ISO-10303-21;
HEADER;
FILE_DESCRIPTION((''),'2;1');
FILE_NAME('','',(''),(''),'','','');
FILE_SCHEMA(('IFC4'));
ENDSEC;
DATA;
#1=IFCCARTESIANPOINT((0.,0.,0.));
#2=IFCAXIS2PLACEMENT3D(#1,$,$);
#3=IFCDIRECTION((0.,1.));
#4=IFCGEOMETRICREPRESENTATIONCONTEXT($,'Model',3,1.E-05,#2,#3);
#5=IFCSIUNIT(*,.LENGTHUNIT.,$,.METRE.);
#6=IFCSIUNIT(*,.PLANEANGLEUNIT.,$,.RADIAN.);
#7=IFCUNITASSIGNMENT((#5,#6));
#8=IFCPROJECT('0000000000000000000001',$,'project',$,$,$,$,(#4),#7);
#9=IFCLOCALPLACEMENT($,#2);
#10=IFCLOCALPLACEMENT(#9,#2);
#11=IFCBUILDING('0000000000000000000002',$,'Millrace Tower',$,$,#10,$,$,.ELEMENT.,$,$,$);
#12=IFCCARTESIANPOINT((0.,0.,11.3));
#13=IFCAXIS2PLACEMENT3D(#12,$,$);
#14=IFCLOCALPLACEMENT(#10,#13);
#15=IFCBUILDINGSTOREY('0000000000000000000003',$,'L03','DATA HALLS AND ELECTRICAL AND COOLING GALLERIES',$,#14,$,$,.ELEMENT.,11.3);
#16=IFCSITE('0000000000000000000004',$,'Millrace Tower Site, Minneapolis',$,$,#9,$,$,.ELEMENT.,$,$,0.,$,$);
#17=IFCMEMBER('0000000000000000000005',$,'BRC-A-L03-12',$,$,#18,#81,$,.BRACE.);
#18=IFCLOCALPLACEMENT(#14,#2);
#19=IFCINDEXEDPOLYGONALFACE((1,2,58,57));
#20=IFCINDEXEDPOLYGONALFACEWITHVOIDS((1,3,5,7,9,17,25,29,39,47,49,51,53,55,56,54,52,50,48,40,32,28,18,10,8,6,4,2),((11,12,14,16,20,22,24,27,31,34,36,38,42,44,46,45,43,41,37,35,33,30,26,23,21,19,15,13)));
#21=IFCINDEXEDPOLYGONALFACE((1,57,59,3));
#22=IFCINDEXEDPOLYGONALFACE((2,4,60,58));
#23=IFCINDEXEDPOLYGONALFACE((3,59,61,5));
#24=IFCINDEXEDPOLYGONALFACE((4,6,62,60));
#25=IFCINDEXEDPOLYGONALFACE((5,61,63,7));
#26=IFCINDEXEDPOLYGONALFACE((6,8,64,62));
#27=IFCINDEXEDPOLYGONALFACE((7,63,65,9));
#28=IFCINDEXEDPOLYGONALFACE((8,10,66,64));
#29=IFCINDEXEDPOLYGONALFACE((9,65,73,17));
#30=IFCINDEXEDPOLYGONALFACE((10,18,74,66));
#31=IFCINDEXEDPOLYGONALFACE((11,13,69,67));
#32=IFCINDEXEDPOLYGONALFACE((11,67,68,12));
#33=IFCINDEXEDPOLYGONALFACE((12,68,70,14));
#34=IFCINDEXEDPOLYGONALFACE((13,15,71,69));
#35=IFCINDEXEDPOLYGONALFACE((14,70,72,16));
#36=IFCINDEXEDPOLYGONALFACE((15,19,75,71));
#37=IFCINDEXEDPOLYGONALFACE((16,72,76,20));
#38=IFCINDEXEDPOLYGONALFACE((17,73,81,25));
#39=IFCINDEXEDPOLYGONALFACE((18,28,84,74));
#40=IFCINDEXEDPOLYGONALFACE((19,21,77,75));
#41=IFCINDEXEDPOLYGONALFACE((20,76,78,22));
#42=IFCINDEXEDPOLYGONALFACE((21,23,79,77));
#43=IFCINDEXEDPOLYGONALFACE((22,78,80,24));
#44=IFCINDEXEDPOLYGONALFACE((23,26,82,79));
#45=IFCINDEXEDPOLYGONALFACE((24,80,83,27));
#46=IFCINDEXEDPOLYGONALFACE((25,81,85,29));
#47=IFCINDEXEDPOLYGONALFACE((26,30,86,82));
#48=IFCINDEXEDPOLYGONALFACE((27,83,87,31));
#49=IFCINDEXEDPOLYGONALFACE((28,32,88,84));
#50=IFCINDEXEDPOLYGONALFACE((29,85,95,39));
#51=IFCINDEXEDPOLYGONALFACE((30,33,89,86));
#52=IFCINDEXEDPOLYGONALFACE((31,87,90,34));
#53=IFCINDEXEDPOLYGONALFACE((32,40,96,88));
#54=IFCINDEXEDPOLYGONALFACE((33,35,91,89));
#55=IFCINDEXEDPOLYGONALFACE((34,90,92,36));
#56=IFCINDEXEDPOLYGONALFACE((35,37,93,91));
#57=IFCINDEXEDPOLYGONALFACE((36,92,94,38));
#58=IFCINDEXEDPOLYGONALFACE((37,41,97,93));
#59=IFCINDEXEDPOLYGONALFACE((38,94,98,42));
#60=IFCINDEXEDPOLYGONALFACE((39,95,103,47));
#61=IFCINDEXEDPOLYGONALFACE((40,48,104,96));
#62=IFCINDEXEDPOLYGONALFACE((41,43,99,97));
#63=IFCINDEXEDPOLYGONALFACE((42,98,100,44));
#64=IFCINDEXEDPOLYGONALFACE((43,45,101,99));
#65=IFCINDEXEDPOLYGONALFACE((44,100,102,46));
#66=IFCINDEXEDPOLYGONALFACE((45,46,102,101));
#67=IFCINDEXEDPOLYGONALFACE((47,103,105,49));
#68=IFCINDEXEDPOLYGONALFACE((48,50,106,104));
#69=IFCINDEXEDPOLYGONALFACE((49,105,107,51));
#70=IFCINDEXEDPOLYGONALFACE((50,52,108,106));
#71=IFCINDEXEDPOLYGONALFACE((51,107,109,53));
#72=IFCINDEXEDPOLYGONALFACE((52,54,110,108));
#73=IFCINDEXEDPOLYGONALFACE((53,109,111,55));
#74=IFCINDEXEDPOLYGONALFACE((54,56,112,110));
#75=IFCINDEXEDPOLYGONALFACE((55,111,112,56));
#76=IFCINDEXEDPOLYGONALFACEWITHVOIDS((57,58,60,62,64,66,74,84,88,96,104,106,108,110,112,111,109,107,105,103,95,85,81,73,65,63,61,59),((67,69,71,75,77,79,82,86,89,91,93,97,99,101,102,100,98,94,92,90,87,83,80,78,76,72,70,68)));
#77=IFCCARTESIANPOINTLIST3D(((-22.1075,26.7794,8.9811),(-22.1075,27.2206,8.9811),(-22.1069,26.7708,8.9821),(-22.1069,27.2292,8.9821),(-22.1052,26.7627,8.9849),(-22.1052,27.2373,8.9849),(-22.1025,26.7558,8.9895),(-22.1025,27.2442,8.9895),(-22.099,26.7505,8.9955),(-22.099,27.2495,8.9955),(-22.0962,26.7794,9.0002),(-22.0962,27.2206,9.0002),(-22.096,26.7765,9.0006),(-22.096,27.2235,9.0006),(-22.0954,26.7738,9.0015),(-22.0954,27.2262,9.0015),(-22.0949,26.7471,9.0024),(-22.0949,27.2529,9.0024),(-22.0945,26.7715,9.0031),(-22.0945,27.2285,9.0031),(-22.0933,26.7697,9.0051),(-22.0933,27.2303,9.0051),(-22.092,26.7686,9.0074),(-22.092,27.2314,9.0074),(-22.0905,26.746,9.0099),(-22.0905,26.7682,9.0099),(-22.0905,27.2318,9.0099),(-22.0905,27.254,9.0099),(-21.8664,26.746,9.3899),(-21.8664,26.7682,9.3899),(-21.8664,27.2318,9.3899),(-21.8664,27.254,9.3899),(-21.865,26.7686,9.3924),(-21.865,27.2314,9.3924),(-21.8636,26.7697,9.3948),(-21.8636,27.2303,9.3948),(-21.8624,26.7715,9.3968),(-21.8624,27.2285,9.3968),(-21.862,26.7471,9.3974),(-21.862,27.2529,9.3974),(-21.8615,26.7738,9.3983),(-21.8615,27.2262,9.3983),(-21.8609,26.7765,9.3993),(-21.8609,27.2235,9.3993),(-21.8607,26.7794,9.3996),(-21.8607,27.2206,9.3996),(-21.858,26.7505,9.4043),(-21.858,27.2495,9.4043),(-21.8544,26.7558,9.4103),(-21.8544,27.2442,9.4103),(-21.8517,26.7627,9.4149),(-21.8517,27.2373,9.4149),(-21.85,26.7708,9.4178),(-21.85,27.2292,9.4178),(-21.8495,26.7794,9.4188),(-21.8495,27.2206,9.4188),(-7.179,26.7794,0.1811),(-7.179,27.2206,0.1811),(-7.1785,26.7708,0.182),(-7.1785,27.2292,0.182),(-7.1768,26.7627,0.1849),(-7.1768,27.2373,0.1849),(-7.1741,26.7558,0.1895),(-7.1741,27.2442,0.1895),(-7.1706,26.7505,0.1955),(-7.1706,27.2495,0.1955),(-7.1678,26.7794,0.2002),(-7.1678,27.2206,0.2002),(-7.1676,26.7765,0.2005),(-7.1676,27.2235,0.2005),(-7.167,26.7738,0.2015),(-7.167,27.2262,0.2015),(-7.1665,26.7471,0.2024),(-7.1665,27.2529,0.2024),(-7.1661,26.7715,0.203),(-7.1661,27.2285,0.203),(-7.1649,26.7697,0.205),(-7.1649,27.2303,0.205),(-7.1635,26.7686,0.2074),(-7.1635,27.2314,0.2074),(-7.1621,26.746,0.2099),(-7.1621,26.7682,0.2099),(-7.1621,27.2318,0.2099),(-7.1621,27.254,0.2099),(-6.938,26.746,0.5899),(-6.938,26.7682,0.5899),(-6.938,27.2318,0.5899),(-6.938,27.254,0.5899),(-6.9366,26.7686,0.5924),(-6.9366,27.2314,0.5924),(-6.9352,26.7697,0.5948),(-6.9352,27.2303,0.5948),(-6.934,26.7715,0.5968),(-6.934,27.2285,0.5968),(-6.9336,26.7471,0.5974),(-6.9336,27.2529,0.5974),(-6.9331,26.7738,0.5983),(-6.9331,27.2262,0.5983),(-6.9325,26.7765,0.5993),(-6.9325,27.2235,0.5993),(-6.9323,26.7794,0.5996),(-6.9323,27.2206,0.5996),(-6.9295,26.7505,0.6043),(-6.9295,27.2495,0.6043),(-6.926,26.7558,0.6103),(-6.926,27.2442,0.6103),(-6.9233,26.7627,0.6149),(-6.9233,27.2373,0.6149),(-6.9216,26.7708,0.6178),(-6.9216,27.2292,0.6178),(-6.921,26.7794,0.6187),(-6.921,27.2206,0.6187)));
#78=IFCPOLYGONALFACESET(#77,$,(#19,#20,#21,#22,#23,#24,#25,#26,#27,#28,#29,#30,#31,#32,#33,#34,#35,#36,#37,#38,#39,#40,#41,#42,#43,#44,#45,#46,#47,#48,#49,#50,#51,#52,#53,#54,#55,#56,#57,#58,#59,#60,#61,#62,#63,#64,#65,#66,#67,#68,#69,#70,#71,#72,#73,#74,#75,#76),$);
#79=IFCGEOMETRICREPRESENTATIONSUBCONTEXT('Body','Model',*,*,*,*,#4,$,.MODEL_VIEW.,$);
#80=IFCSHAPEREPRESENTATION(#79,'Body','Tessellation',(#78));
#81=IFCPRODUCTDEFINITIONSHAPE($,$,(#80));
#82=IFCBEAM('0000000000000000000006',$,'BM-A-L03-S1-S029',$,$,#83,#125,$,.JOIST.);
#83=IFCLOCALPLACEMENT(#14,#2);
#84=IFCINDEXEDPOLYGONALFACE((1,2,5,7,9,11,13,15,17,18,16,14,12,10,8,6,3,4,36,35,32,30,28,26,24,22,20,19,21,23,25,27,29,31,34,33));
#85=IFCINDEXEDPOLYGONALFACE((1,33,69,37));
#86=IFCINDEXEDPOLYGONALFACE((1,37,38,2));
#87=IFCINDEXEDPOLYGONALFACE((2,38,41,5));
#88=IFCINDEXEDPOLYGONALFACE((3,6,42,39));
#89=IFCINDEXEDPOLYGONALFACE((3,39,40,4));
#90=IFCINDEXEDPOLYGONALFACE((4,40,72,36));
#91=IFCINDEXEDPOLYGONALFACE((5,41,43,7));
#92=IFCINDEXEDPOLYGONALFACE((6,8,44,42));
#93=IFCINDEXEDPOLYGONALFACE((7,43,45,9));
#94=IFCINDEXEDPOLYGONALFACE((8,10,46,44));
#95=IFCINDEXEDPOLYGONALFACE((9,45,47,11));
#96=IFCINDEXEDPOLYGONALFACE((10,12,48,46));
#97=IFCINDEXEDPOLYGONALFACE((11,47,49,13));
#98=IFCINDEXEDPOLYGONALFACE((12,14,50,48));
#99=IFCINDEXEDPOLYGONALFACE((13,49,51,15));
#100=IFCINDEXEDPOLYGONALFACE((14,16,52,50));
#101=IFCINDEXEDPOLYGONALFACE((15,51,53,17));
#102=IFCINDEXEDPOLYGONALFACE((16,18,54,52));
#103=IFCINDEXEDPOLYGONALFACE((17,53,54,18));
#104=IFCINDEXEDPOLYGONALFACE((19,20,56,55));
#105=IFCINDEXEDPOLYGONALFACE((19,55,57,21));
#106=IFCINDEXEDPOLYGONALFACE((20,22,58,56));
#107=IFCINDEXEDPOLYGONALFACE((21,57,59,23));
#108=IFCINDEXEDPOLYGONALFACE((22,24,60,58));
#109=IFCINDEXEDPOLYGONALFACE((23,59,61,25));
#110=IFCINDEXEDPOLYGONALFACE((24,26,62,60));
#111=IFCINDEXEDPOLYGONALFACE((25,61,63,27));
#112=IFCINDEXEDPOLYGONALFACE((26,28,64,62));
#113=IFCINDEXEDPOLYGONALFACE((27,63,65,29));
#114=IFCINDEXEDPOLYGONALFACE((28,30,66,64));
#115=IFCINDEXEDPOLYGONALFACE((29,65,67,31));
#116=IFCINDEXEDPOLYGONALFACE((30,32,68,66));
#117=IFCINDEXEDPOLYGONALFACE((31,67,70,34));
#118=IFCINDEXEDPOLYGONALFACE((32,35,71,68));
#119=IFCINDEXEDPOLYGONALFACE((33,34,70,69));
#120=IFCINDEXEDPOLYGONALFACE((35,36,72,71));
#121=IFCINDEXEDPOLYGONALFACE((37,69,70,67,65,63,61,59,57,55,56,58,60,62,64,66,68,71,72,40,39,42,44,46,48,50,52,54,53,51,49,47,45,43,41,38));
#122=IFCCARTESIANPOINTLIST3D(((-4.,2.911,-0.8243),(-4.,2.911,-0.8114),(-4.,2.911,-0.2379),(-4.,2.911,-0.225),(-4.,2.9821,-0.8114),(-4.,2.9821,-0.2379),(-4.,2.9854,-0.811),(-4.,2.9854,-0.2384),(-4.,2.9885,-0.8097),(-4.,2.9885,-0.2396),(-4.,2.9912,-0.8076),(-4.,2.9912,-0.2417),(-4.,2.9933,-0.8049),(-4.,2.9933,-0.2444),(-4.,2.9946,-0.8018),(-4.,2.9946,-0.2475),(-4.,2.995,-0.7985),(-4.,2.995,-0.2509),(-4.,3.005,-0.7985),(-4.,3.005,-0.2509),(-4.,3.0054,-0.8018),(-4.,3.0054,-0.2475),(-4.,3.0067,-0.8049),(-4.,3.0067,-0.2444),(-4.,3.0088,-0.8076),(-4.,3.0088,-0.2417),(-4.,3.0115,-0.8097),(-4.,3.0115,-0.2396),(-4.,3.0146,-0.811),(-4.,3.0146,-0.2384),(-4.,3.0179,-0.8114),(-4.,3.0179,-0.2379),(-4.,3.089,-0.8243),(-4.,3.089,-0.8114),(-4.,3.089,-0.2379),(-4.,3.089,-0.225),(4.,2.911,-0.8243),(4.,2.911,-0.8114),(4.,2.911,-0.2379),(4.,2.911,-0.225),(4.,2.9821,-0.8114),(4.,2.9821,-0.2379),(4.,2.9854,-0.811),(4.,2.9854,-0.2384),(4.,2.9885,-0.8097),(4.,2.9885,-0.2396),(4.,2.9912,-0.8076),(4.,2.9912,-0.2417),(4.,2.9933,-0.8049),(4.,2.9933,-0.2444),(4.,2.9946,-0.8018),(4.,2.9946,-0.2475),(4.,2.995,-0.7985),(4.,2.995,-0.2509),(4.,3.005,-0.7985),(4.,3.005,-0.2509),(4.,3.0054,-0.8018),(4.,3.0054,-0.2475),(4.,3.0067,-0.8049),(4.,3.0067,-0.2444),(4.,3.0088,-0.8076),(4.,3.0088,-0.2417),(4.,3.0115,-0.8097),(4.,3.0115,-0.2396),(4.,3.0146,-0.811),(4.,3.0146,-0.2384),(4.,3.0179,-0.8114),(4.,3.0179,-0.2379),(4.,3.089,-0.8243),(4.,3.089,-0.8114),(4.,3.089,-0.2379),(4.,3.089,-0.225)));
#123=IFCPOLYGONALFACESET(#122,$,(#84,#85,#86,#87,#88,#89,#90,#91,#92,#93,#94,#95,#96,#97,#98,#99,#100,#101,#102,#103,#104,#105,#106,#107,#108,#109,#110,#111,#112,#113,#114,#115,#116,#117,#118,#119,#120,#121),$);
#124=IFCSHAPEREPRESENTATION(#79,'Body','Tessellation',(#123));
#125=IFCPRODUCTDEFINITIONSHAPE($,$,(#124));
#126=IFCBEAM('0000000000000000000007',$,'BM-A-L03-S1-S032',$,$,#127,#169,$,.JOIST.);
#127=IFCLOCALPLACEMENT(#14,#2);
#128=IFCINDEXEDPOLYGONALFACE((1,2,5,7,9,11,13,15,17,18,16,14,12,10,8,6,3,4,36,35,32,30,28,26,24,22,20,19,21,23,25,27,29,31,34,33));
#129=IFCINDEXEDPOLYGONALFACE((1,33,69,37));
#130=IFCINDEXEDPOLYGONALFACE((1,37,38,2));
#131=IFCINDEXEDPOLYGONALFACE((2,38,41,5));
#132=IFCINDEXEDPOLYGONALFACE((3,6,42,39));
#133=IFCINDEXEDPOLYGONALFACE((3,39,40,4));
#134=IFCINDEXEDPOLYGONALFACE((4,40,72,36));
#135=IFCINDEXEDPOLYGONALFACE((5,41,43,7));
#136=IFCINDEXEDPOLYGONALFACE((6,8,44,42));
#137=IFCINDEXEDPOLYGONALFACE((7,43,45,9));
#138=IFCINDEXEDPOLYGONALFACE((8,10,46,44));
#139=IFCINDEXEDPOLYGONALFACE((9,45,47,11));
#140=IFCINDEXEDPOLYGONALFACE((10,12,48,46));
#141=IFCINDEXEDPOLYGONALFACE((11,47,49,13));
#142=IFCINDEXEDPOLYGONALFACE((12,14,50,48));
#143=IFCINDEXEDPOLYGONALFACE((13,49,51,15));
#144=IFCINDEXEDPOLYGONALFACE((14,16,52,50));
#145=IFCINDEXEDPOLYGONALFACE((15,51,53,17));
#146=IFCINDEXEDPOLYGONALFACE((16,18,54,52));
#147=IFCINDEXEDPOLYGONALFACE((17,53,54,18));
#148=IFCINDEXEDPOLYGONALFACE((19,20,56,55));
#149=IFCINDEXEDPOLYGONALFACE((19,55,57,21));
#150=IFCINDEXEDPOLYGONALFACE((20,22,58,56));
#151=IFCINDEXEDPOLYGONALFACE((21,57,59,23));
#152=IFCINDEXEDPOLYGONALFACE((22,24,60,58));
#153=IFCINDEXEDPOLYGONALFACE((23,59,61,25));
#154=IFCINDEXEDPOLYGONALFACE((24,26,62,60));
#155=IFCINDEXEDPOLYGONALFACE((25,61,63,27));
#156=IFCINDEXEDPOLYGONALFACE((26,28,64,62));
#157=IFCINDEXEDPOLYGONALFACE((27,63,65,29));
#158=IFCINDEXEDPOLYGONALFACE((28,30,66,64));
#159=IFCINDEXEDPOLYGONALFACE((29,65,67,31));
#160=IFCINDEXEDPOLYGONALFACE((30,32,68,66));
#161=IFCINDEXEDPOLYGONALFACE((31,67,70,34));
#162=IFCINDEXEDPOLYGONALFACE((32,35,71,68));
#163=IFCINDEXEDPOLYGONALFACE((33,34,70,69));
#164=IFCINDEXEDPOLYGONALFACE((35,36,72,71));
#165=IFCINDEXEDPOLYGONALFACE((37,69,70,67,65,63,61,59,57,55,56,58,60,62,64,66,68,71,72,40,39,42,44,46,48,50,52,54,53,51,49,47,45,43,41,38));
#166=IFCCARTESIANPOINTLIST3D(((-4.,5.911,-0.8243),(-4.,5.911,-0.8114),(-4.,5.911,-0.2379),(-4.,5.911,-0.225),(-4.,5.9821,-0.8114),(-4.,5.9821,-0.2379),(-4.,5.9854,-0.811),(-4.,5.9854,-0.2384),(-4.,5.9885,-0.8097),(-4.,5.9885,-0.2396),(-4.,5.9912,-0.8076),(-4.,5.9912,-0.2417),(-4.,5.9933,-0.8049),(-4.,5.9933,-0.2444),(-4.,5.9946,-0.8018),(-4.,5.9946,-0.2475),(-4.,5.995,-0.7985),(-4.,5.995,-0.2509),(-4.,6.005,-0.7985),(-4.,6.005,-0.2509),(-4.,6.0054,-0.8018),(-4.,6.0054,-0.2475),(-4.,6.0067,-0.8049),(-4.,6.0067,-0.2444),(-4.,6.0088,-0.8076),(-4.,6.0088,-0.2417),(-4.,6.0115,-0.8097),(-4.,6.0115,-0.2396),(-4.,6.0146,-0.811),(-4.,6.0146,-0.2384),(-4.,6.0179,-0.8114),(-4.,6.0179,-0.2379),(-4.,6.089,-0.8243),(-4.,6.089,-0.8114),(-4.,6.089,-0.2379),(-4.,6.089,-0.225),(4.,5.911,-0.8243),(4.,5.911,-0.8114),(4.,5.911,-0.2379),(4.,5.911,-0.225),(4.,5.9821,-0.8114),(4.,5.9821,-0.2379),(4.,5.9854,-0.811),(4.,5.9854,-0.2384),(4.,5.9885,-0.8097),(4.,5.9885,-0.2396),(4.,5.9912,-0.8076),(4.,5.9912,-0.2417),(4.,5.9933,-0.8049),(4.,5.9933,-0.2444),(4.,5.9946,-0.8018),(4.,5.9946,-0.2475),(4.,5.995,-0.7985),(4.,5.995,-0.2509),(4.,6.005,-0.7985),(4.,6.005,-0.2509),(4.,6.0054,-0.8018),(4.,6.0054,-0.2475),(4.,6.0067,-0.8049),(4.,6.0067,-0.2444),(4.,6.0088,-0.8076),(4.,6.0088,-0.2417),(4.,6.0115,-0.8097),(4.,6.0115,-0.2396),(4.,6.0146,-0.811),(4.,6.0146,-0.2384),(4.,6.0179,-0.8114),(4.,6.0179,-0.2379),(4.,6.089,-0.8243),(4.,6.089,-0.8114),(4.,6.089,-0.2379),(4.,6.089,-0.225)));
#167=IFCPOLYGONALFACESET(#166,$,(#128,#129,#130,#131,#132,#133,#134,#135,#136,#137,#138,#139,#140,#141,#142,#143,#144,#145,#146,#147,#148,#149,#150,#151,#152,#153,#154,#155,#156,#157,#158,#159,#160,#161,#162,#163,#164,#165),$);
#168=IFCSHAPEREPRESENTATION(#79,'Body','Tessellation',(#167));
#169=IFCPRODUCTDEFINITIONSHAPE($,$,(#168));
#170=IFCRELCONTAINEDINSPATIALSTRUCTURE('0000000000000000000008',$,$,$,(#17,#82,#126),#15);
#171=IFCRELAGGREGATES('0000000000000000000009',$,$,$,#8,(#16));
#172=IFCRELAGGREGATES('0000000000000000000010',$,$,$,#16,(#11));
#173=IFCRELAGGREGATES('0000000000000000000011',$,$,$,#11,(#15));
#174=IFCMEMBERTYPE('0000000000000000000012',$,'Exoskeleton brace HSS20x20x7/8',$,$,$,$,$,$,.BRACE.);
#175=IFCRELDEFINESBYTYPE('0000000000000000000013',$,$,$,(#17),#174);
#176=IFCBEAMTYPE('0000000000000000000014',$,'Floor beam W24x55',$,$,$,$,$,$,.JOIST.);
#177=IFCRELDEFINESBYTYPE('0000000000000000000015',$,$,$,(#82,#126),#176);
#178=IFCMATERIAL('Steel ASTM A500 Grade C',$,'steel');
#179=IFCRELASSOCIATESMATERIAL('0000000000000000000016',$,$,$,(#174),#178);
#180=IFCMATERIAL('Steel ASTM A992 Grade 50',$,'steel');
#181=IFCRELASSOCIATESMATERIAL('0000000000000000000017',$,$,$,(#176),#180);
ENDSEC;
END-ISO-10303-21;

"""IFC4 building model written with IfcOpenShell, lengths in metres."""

from ifc_helpers import new_model, si_unit, direction, frame, origin, origin_2d, place, context, subcontext, project, spatial, hollow_rectangle, i_section, extrude, material, material_profile, profile_set, type_object, element, save


model = new_model("IFC4")

# Units and contexts
model_context = context("Model", 3, precision=1e-05, world=origin(), true_north=direction((0.0, 1.0)))
body_context = subcontext(model_context, "Body", "Model", "MODEL_VIEW")
ifc_project = project(units=[si_unit("LENGTHUNIT", "METRE"), si_unit("PLANEANGLEUNIT", "RADIAN")], contexts=[model_context])

# Site, building, storey
site_placement = place(None, origin())
site = spatial("IfcSite", under=ifc_project, at=site_placement, Name="Millrace Tower Site, Minneapolis", CompositionType="ELEMENT", RefElevation=0.0)
building_placement = place(site_placement, origin())
building = spatial("IfcBuilding", under=site, at=building_placement, Name="Millrace Tower", CompositionType="ELEMENT")
storey_placement = place(building_placement, frame((0.0, 0.0, 11.3)))
storey = spatial("IfcBuildingStorey", under=building, at=storey_placement, Name="L03", Description="DATA HALLS AND ELECTRICAL AND COOLING GALLERIES", CompositionType="ELEMENT", Elevation=11.3)

# Member
ifc_material_1 = material(Name="Steel ASTM A500 Grade C", Category="steel")
ifc_material_profile_1 = material_profile(ifc_material_1, hollow_rectangle(XDim=0.5081, YDim=0.5081, WallThickness=0.0222, InnerFilletRadius=0.0112, OuterFilletRadius=0.0334, at=origin_2d()))
ifc_profile_set_1 = profile_set([ifc_material_profile_1], Name="Steel ASTM A500 Grade C")
member_type_1 = type_object("IfcMemberType", Name="Exoskeleton brace HSS20x20x7/8", PredefinedType="BRACE", material=ifc_profile_set_1)
member_1_placement = place(storey_placement, frame((-7.05, 27.0, 0.3999), z_axis=(-0.861465, 0.0, 0.507817), x_axis=(0.0, -1.0, 0.0)))
element("IfcMember", 1, at=member_1_placement, inside=storey, type_object=member_type_1, Name="BRC-A-L03-12", PredefinedType="BRACE", context=body_context, shape_type="SweptSolid", body=[
    extrude(hollow_rectangle(XDim=0.5081, YDim=0.5081, WallThickness=0.0222, InnerFilletRadius=0.0112, OuterFilletRadius=0.0334, at=origin_2d()), origin(), (0.0, 0.0, 1.0), 17.3291),
])

# Beams
ifc_material_2 = material(Name="Steel ASTM A992 Grade 50", Category="steel")
ifc_material_profile_2 = material_profile(ifc_material_2, i_section(OverallWidth=0.178, OverallDepth=0.5994, WebThickness=0.01, FlangeThickness=0.0129, FilletRadius=0.0129, at=origin_2d()))
ifc_profile_set_2 = profile_set([ifc_material_profile_2], Name="Steel ASTM A992 Grade 50")
beam_type_1 = type_object("IfcBeamType", Name="Floor beam W24x55", PredefinedType="JOIST", material=ifc_profile_set_2)
for number, where, z_axis, x_axis, name in (
    (2, (-4.0, 3.0, -0.5247), (1.0, 0.0, 0.0), (0.0, 1.0, 0.0), "BM-A-L03-S1-S029"),
    (3, (-4.0, 6.0, -0.5247), (1.0, 0.0, 0.0), (0.0, 1.0, 0.0), "BM-A-L03-S1-S032"),
):
    element("IfcBeam", number, at=place(storey_placement, frame(where, z_axis=z_axis, x_axis=x_axis)), inside=storey, type_object=beam_type_1, Name=name, PredefinedType="JOIST", context=body_context, shape_type="SweptSolid", body=[
        extrude(i_section(OverallWidth=0.178, OverallDepth=0.5994, WebThickness=0.01, FlangeThickness=0.0129, FilletRadius=0.0129, at=origin_2d()), origin(), (0.0, 0.0, 1.0), 8.0),
    ])

save(model, "model.ifc")
